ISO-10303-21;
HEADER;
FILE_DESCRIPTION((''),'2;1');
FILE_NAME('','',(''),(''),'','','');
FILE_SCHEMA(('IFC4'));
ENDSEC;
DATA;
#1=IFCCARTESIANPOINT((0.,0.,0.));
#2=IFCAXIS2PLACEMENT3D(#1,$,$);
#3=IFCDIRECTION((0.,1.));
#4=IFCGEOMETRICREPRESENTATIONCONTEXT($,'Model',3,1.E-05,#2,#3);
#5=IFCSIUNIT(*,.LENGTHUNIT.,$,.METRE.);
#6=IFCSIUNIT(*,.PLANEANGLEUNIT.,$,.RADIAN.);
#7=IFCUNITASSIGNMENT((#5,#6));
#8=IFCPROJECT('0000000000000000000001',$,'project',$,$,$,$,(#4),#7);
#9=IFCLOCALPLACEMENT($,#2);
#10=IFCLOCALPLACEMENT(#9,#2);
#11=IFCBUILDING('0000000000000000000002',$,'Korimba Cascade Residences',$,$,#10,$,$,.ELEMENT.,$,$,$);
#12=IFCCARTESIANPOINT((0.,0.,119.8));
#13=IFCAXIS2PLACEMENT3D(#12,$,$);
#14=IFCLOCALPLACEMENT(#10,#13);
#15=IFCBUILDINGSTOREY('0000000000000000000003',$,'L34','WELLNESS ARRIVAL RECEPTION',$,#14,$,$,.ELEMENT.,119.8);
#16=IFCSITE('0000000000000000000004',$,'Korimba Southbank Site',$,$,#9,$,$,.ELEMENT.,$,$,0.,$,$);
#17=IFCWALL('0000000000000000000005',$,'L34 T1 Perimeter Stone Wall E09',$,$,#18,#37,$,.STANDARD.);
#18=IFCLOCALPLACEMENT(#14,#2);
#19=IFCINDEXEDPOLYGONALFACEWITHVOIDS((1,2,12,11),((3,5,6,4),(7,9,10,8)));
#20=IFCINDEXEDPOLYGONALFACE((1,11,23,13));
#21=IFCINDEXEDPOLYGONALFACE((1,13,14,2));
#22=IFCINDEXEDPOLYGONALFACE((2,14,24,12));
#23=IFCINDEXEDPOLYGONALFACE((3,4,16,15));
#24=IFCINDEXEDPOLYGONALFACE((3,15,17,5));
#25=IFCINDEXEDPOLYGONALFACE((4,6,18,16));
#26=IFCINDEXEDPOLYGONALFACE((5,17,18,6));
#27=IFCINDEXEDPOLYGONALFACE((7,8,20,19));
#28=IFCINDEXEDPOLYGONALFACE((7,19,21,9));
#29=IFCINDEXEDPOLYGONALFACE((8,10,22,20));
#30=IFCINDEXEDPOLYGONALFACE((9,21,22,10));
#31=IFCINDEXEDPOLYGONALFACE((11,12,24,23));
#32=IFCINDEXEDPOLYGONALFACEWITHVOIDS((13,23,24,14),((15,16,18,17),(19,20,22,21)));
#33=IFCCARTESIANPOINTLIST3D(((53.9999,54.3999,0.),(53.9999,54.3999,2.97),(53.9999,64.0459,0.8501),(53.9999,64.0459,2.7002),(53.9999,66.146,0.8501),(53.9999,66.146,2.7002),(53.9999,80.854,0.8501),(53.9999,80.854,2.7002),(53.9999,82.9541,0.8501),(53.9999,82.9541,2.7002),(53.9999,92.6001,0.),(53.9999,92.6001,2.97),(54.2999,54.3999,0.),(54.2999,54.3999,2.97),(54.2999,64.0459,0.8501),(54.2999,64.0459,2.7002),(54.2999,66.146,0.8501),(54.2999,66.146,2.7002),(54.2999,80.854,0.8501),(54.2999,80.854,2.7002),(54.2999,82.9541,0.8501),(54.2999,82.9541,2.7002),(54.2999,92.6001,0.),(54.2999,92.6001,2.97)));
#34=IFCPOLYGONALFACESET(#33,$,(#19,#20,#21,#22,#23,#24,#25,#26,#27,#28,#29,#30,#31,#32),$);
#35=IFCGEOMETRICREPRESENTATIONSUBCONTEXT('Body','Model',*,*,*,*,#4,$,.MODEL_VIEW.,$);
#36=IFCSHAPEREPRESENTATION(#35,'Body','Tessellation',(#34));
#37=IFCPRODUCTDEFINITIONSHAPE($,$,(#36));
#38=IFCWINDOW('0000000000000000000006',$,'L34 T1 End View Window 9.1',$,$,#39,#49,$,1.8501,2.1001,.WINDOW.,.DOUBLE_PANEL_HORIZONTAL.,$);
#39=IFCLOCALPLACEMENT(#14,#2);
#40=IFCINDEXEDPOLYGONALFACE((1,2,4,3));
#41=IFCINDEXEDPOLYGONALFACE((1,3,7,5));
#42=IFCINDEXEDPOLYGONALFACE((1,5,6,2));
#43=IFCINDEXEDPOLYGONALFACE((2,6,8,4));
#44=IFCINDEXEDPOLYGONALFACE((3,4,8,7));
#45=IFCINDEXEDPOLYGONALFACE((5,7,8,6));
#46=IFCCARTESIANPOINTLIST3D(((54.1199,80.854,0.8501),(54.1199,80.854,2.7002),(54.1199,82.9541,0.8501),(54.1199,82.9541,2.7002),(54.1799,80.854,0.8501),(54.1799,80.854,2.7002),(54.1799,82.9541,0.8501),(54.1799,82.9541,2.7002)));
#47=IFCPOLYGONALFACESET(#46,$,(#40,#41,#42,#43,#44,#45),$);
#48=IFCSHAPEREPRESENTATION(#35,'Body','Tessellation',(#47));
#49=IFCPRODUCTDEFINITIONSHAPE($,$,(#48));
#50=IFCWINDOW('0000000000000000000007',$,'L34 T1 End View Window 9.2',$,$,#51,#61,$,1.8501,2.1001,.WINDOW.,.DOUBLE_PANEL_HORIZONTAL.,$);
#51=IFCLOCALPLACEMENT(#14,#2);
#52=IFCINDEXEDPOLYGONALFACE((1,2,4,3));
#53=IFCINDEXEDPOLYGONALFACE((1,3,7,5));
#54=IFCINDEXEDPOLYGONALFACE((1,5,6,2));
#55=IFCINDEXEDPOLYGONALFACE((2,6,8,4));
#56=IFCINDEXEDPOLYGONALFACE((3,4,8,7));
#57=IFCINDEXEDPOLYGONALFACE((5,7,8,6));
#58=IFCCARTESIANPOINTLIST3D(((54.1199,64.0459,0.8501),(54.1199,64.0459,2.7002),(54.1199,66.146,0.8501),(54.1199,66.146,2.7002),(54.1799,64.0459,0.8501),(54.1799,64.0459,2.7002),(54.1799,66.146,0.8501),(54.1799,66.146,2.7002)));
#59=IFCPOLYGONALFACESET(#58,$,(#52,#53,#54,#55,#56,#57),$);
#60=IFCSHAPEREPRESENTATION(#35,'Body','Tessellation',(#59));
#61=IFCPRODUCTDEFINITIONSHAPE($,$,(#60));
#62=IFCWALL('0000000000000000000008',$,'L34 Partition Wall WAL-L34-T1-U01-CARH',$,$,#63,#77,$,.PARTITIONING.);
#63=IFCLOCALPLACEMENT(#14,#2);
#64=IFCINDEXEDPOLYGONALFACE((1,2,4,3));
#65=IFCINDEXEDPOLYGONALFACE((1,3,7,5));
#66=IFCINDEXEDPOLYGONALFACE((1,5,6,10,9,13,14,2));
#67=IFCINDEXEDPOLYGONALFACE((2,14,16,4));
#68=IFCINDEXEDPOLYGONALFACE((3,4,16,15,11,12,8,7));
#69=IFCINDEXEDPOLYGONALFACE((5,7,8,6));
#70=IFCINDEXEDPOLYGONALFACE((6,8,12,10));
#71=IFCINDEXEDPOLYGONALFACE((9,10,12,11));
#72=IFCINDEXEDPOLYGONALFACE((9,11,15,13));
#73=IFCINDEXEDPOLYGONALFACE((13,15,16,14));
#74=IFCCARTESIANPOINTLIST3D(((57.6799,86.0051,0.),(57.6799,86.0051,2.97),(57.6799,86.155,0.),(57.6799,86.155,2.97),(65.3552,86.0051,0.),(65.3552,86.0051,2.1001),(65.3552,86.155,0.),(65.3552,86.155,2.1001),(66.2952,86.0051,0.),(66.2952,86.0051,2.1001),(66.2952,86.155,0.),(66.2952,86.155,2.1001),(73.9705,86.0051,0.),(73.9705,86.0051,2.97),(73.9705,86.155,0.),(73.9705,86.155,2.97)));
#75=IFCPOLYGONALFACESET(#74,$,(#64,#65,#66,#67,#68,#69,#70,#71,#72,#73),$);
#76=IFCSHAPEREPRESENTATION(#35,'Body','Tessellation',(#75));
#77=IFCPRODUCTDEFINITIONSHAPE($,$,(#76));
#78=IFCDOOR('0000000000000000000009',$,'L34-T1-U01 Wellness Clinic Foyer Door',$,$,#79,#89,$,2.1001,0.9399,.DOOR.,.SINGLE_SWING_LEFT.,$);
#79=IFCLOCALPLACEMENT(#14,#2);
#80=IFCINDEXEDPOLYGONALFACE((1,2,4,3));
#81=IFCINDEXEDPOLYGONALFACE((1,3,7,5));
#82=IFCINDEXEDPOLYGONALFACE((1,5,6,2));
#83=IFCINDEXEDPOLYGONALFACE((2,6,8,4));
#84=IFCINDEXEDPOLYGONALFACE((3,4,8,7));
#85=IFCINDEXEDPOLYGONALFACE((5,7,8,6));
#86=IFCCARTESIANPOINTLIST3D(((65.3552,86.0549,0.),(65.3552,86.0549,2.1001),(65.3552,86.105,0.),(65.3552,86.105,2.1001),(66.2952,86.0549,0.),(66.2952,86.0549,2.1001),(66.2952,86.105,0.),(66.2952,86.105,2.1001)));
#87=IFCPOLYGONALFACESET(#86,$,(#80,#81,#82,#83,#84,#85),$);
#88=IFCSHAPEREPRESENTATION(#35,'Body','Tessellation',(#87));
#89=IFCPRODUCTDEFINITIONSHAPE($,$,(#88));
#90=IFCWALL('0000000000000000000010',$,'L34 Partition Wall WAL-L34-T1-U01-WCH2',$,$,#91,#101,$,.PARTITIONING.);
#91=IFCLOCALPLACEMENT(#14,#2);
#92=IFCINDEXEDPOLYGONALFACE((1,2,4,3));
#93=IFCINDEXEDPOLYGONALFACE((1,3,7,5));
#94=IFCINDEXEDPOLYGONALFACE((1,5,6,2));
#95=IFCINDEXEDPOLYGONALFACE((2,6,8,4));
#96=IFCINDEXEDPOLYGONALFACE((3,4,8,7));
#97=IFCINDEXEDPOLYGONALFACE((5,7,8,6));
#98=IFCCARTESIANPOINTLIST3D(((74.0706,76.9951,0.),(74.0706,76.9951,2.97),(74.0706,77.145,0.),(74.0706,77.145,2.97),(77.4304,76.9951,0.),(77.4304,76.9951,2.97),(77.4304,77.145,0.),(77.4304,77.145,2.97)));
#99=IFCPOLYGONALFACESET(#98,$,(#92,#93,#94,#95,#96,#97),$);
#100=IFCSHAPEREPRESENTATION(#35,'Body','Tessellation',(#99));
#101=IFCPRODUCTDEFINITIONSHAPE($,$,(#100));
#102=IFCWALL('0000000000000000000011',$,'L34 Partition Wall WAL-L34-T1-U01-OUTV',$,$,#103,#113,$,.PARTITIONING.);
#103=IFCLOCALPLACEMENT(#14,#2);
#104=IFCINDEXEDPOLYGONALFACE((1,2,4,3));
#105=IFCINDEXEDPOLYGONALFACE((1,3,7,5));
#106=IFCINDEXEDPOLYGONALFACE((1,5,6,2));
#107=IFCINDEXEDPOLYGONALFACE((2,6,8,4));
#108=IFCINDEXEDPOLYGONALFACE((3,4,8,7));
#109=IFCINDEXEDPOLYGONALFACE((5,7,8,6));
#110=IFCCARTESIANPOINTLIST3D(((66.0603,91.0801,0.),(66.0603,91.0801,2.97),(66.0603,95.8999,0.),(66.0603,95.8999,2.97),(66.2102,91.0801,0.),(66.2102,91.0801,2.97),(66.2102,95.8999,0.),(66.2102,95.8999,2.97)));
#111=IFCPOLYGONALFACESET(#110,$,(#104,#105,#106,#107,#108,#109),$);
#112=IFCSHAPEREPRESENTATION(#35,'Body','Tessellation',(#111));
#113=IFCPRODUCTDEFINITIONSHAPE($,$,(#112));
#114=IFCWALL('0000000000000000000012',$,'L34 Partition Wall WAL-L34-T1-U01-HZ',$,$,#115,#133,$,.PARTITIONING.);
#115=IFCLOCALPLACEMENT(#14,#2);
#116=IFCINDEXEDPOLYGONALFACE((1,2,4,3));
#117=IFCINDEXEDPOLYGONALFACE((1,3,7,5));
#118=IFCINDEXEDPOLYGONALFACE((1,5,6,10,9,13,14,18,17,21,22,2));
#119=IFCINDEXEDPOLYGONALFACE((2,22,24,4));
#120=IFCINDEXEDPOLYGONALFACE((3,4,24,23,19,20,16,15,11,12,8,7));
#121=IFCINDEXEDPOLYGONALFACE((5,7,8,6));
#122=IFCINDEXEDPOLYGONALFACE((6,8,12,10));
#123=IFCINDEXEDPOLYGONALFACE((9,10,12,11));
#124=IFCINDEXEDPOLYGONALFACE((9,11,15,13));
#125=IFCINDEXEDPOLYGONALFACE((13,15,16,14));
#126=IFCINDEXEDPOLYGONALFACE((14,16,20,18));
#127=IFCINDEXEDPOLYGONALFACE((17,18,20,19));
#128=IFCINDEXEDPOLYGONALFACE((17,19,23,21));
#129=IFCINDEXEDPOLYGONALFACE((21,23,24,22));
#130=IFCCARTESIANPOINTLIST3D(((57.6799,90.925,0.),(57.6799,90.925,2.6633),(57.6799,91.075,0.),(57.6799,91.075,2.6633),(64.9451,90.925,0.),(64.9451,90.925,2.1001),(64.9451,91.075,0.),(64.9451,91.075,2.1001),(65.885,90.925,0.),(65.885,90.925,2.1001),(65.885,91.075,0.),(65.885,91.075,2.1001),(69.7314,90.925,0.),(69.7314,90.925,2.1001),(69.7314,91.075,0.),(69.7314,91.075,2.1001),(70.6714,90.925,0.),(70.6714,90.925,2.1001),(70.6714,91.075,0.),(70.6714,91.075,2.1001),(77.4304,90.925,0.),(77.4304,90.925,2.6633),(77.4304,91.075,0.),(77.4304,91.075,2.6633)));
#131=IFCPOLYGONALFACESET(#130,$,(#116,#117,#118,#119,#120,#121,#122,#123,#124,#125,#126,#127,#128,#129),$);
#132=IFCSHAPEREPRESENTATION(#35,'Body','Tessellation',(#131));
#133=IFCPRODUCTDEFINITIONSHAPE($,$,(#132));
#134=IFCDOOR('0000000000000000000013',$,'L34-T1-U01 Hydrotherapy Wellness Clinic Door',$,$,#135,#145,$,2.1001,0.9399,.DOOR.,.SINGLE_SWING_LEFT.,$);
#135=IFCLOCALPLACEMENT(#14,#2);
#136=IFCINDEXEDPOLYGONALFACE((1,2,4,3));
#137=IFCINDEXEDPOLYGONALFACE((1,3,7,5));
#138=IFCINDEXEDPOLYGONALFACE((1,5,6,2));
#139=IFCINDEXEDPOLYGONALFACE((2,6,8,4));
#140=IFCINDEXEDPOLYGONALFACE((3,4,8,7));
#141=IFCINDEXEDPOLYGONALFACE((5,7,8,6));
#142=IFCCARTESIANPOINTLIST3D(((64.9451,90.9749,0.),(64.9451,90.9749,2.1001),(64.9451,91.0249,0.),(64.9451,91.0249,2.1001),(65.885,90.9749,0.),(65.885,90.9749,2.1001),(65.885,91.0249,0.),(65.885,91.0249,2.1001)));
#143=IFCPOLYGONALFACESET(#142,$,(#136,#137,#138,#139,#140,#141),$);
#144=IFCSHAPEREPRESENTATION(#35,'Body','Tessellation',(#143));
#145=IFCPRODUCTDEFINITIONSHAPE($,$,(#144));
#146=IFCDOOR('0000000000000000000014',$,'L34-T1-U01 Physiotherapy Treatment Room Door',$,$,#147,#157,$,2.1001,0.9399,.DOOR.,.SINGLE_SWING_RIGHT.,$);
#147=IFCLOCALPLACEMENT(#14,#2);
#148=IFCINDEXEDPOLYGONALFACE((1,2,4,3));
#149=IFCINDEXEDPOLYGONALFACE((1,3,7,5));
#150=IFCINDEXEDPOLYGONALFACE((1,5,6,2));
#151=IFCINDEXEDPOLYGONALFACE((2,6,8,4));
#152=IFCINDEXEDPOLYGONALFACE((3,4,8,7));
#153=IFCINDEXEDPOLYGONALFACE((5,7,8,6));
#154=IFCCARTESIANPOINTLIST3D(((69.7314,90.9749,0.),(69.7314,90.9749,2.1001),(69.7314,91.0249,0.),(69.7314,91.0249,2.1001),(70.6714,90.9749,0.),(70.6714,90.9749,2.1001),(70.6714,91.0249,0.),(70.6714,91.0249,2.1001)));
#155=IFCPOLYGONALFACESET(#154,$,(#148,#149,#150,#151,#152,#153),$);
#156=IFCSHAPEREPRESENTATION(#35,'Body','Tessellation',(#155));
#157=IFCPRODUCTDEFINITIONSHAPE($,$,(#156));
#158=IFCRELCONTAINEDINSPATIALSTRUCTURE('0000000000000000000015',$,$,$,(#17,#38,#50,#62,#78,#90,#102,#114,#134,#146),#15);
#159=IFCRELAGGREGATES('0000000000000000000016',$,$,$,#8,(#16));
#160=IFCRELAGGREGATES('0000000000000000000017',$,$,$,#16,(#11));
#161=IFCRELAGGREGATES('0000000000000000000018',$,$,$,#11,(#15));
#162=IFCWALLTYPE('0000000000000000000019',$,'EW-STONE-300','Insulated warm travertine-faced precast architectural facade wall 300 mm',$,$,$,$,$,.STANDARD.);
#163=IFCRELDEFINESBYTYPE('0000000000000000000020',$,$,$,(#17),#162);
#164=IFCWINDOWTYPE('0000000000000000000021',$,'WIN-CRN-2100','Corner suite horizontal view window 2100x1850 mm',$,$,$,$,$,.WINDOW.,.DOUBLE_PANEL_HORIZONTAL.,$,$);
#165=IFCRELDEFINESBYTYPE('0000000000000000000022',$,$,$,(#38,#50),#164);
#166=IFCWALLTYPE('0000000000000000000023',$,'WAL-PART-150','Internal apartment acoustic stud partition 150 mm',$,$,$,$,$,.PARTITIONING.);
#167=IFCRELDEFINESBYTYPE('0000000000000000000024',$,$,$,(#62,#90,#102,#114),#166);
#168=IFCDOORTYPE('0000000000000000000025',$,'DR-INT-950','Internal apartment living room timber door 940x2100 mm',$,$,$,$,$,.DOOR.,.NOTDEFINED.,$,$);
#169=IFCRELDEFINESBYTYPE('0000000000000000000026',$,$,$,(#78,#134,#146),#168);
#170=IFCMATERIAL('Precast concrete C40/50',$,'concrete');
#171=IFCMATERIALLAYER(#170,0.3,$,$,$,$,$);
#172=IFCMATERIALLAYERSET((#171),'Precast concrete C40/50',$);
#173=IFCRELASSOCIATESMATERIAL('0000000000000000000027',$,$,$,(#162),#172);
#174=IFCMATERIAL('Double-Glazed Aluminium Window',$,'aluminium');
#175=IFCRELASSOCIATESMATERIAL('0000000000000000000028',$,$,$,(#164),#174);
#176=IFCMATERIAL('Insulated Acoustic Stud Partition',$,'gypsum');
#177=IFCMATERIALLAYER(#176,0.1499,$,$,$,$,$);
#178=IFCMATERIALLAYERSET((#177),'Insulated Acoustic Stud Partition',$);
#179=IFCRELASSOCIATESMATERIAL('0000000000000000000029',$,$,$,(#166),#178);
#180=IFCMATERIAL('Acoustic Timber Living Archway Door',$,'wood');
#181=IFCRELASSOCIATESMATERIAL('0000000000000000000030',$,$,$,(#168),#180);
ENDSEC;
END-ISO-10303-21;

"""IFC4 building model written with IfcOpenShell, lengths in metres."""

from ifc_helpers import new_model, si_unit, direction, frame, frame_2d, origin, place, context, subcontext, project, spatial, rectangle, extrude, material, layer, layer_set, type_object, element, fill, save


model = new_model("IFC4")

# Units and contexts
model_context = context("Model", 3, precision=1e-05, world=origin(), true_north=direction((0.0, 1.0)))
body_context = subcontext(model_context, "Body", "Model", "MODEL_VIEW")
ifc_project = project(units=[si_unit("LENGTHUNIT", "METRE"), si_unit("PLANEANGLEUNIT", "RADIAN")], contexts=[model_context])

# Site, building, storey
site_placement = place(None, origin())
site = spatial("IfcSite", under=ifc_project, at=site_placement, Name="Korimba Southbank Site", CompositionType="ELEMENT", RefElevation=0.0)
building_placement = place(site_placement, origin())
building = spatial("IfcBuilding", under=site, at=building_placement, Name="Korimba Cascade Residences", CompositionType="ELEMENT")
storey_placement = place(building_placement, frame((0.0, 0.0, 119.8)))
storey = spatial("IfcBuildingStorey", under=building, at=storey_placement, Name="L34", Description="WELLNESS ARRIVAL RECEPTION", CompositionType="ELEMENT", Elevation=119.8)

# Shared definitions
ifc_material_1 = material(Name="Precast concrete C40/50", Category="concrete")
ifc_layer_1 = layer(ifc_material_1, 0.3)
ifc_layer_set_1 = layer_set([ifc_layer_1], Name="Precast concrete C40/50")
wall_type_1 = type_object("IfcWallType", Name="EW-STONE-300", Description="Insulated warm travertine-faced precast architectural facade wall 300 mm", PredefinedType="STANDARD", material=ifc_layer_set_1)

# Wall, openings, windows
wall_1_placement = place(storey_placement, frame((54.1499, 92.6001, 0.0), z_axis=(0.0, 0.0, 1.0), x_axis=(0.0, -1.0, 0.0)))
wall_1 = element("IfcWall", 1, at=wall_1_placement, inside=storey, type_object=wall_type_1, Name="L34 T1 Perimeter Stone Wall E09", PredefinedType="STANDARD", context=body_context, shape_type="SweptSolid", body=[
    extrude(rectangle(XDim=38.2002, YDim=0.3, at=frame_2d((19.1001, 0.0))), origin(), (0.0, 0.0, 1.0), 2.97),
])
opening_1_placement = place(wall_1_placement, frame((9.646, 0.0, 0.8501)))
opening_1 = element("IfcOpeningElement", 2, at=opening_1_placement, cuts=wall_1, PredefinedType="OPENING", context=body_context, shape_type="SweptSolid", body=[
    extrude(rectangle(XDim=2.1001, YDim=1.8501, at=frame_2d((1.05, 0.925))), frame((0.0, 0.1602, 0.0), z_axis=(0.0, -1.0, 0.0), x_axis=(1.0, 0.0, 0.0)), (0.0, 0.0, 1.0), 0.3201),
])
opening_2_placement = place(wall_1_placement, frame((26.4541, 0.0, 0.8501)))
opening_2 = element("IfcOpeningElement", 3, at=opening_2_placement, cuts=wall_1, PredefinedType="OPENING", context=body_context, shape_type="SweptSolid", body=[
    extrude(rectangle(XDim=2.1001, YDim=1.8501, at=frame_2d((1.05, 0.925))), frame((0.0, 0.1602, 0.0), z_axis=(0.0, -1.0, 0.0), x_axis=(1.0, 0.0, 0.0)), (0.0, 0.0, 1.0), 0.3201),
])
ifc_material_2 = material(Name="Double-Glazed Aluminium Window", Category="aluminium")
window_type = type_object("IfcWindowType", Name="WIN-CRN-2100", Description="Corner suite horizontal view window 2100x1850 mm", PartitioningType="DOUBLE_PANEL_HORIZONTAL", PredefinedType="WINDOW", material=ifc_material_2)
window_1_placement = place(opening_1_placement, origin())
window_1 = element("IfcWindow", 4, at=window_1_placement, inside=storey, type_object=window_type, Name="L34 T1 End View Window 9.1", OverallHeight=1.8501, OverallWidth=2.1001, PartitioningType="DOUBLE_PANEL_HORIZONTAL", PredefinedType="WINDOW", context=body_context, shape_type="SweptSolid", body=[
    extrude(rectangle(XDim=2.1001, YDim=1.8501, at=frame_2d((1.05, 0.925))), frame((0.0, 0.03, 0.0), z_axis=(0.0, -1.0, 0.0), x_axis=(1.0, 0.0, 0.0)), (0.0, 0.0, 1.0), 0.0601),
])
fill(opening_1, window_1)
window_2_placement = place(opening_2_placement, origin())
window_2 = element("IfcWindow", 5, at=window_2_placement, inside=storey, type_object=window_type, Name="L34 T1 End View Window 9.2", OverallHeight=1.8501, OverallWidth=2.1001, PartitioningType="DOUBLE_PANEL_HORIZONTAL", PredefinedType="WINDOW", context=body_context, shape_type="SweptSolid", body=[
    extrude(rectangle(XDim=2.1001, YDim=1.8501, at=frame_2d((1.05, 0.925))), frame((0.0, 0.03, 0.0), z_axis=(0.0, -1.0, 0.0), x_axis=(1.0, 0.0, 0.0)), (0.0, 0.0, 1.0), 0.0601),
])
fill(opening_2, window_2)

# Wall, opening, door
ifc_material_3 = material(Name="Insulated Acoustic Stud Partition", Category="gypsum")
ifc_layer_2 = layer(ifc_material_3, 0.1499)
ifc_layer_set_2 = layer_set([ifc_layer_2], Name="Insulated Acoustic Stud Partition")
wall_type_2 = type_object("IfcWallType", Name="WAL-PART-150", Description="Internal apartment acoustic stud partition 150 mm", PredefinedType="PARTITIONING", material=ifc_layer_set_2)
wall_2_placement = place(storey_placement, frame((57.6799, 86.0801, 0.0), z_axis=(0.0, 0.0, 1.0), x_axis=(1.0, 0.0, 0.0)))
wall_2 = element("IfcWall", 6, at=wall_2_placement, inside=storey, type_object=wall_type_2, Name="L34 Partition Wall WAL-L34-T1-U01-CARH", PredefinedType="PARTITIONING", context=body_context, shape_type="SweptSolid", body=[
    extrude(rectangle(XDim=16.2905, YDim=0.1499, at=frame_2d((8.1453, 0.0))), origin(), (0.0, 0.0, 1.0), 2.97),
])
opening_3_placement = place(wall_2_placement, frame((7.6753, 0.0, 0.0)))
opening_3 = element("IfcOpeningElement", 7, at=opening_3_placement, cuts=wall_2, PredefinedType="OPENING", context=body_context, shape_type="SweptSolid", body=[
    extrude(rectangle(XDim=0.9399, YDim=2.1001, at=frame_2d((0.47, 1.05))), frame((0.0, 0.085, 0.0), z_axis=(0.0, -1.0, 0.0), x_axis=(1.0, 0.0, 0.0)), (0.0, 0.0, 1.0), 0.1699),
])
ifc_material_4 = material(Name="Acoustic Timber Living Archway Door", Category="wood")
door_type = type_object("IfcDoorType", Name="DR-INT-950", Description="Internal apartment living room timber door 940x2100 mm", OperationType="NOTDEFINED", PredefinedType="DOOR", material=ifc_material_4)
door_1_placement = place(opening_3_placement, origin())
door_1 = element("IfcDoor", 8, at=door_1_placement, inside=storey, type_object=door_type, Name="L34-T1-U01 Wellness Clinic Foyer Door", OperationType="SINGLE_SWING_LEFT", OverallHeight=2.1001, OverallWidth=0.9399, PredefinedType="DOOR", context=body_context, shape_type="SweptSolid", body=[
    extrude(rectangle(XDim=0.9399, YDim=2.1001, at=frame_2d((0.47, 1.05))), frame((0.0, 0.0249, 0.0), z_axis=(0.0, -1.0, 0.0), x_axis=(1.0, 0.0, 0.0)), (0.0, 0.0, 1.0), 0.05),
])
fill(opening_3, door_1)

# Walls
wall_3_placement = place(storey_placement, frame((74.0706, 77.0701, 0.0), z_axis=(0.0, 0.0, 1.0), x_axis=(1.0, 0.0, 0.0)))
element("IfcWall", 9, at=wall_3_placement, inside=storey, type_object=wall_type_2, Name="L34 Partition Wall WAL-L34-T1-U01-WCH2", PredefinedType="PARTITIONING", context=body_context, shape_type="SweptSolid", body=[
    extrude(rectangle(XDim=3.3599, YDim=0.1499, at=frame_2d((1.6799, 0.0))), origin(), (0.0, 0.0, 1.0), 2.97),
])
wall_4_placement = place(storey_placement, frame((66.1353, 91.0801, 0.0), z_axis=(0.0, 0.0, 1.0), x_axis=(0.0, 1.0, 0.0)))
element("IfcWall", 10, at=wall_4_placement, inside=storey, type_object=wall_type_2, Name="L34 Partition Wall WAL-L34-T1-U01-OUTV", PredefinedType="PARTITIONING", context=body_context, shape_type="SweptSolid", body=[
    extrude(rectangle(XDim=4.8198, YDim=0.1499, at=frame_2d((2.4099, 0.0))), origin(), (0.0, 0.0, 1.0), 2.97),
])

# Wall, openings, doors
wall_5_placement = place(storey_placement, frame((57.6799, 91.0, 0.0), z_axis=(0.0, 0.0, 1.0), x_axis=(1.0, 0.0, 0.0)))
wall_5 = element("IfcWall", 11, at=wall_5_placement, inside=storey, type_object=wall_type_2, Name="L34 Partition Wall WAL-L34-T1-U01-HZ", PredefinedType="PARTITIONING", context=body_context, shape_type="SweptSolid", body=[
    extrude(rectangle(XDim=19.7505, YDim=0.1499, at=frame_2d((9.8752, 0.0))), origin(), (0.0, 0.0, 1.0), 2.6633),
])
opening_4_placement = place(wall_5_placement, frame((7.2651, 0.0, 0.0)))
opening_4 = element("IfcOpeningElement", 12, at=opening_4_placement, cuts=wall_5, PredefinedType="OPENING", context=body_context, shape_type="SweptSolid", body=[
    extrude(rectangle(XDim=0.9399, YDim=2.1001, at=frame_2d((0.47, 1.05))), frame((0.0, 0.085, 0.0), z_axis=(0.0, -1.0, 0.0), x_axis=(1.0, 0.0, 0.0)), (0.0, 0.0, 1.0), 0.1699),
])
opening_5_placement = place(wall_5_placement, frame((12.0515, 0.0, 0.0)))
opening_5 = element("IfcOpeningElement", 13, at=opening_5_placement, cuts=wall_5, PredefinedType="OPENING", context=body_context, shape_type="SweptSolid", body=[
    extrude(rectangle(XDim=0.9399, YDim=2.1001, at=frame_2d((0.47, 1.05))), frame((0.0, 0.085, 0.0), z_axis=(0.0, -1.0, 0.0), x_axis=(1.0, 0.0, 0.0)), (0.0, 0.0, 1.0), 0.1699),
])
door_2_placement = place(opening_4_placement, origin())
door_2 = element("IfcDoor", 14, at=door_2_placement, inside=storey, type_object=door_type, Name="L34-T1-U01 Hydrotherapy Wellness Clinic Door", OperationType="SINGLE_SWING_LEFT", OverallHeight=2.1001, OverallWidth=0.9399, PredefinedType="DOOR", context=body_context, shape_type="SweptSolid", body=[
    extrude(rectangle(XDim=0.9399, YDim=2.1001, at=frame_2d((0.47, 1.05))), frame((0.0, 0.0249, 0.0), z_axis=(0.0, -1.0, 0.0), x_axis=(1.0, 0.0, 0.0)), (0.0, 0.0, 1.0), 0.05),
])
fill(opening_4, door_2)
door_3_placement = place(opening_5_placement, origin())
door_3 = element("IfcDoor", 15, at=door_3_placement, inside=storey, type_object=door_type, Name="L34-T1-U01 Physiotherapy Treatment Room Door", OperationType="SINGLE_SWING_RIGHT", OverallHeight=2.1001, OverallWidth=0.9399, PredefinedType="DOOR", context=body_context, shape_type="SweptSolid", body=[
    extrude(rectangle(XDim=0.9399, YDim=2.1001, at=frame_2d((0.47, 1.05))), frame((0.0, 0.0249, 0.0), z_axis=(0.0, -1.0, 0.0), x_axis=(1.0, 0.0, 0.0)), (0.0, 0.0, 1.0), 0.05),
])
fill(opening_5, door_3)

save(model, "model.ifc")
